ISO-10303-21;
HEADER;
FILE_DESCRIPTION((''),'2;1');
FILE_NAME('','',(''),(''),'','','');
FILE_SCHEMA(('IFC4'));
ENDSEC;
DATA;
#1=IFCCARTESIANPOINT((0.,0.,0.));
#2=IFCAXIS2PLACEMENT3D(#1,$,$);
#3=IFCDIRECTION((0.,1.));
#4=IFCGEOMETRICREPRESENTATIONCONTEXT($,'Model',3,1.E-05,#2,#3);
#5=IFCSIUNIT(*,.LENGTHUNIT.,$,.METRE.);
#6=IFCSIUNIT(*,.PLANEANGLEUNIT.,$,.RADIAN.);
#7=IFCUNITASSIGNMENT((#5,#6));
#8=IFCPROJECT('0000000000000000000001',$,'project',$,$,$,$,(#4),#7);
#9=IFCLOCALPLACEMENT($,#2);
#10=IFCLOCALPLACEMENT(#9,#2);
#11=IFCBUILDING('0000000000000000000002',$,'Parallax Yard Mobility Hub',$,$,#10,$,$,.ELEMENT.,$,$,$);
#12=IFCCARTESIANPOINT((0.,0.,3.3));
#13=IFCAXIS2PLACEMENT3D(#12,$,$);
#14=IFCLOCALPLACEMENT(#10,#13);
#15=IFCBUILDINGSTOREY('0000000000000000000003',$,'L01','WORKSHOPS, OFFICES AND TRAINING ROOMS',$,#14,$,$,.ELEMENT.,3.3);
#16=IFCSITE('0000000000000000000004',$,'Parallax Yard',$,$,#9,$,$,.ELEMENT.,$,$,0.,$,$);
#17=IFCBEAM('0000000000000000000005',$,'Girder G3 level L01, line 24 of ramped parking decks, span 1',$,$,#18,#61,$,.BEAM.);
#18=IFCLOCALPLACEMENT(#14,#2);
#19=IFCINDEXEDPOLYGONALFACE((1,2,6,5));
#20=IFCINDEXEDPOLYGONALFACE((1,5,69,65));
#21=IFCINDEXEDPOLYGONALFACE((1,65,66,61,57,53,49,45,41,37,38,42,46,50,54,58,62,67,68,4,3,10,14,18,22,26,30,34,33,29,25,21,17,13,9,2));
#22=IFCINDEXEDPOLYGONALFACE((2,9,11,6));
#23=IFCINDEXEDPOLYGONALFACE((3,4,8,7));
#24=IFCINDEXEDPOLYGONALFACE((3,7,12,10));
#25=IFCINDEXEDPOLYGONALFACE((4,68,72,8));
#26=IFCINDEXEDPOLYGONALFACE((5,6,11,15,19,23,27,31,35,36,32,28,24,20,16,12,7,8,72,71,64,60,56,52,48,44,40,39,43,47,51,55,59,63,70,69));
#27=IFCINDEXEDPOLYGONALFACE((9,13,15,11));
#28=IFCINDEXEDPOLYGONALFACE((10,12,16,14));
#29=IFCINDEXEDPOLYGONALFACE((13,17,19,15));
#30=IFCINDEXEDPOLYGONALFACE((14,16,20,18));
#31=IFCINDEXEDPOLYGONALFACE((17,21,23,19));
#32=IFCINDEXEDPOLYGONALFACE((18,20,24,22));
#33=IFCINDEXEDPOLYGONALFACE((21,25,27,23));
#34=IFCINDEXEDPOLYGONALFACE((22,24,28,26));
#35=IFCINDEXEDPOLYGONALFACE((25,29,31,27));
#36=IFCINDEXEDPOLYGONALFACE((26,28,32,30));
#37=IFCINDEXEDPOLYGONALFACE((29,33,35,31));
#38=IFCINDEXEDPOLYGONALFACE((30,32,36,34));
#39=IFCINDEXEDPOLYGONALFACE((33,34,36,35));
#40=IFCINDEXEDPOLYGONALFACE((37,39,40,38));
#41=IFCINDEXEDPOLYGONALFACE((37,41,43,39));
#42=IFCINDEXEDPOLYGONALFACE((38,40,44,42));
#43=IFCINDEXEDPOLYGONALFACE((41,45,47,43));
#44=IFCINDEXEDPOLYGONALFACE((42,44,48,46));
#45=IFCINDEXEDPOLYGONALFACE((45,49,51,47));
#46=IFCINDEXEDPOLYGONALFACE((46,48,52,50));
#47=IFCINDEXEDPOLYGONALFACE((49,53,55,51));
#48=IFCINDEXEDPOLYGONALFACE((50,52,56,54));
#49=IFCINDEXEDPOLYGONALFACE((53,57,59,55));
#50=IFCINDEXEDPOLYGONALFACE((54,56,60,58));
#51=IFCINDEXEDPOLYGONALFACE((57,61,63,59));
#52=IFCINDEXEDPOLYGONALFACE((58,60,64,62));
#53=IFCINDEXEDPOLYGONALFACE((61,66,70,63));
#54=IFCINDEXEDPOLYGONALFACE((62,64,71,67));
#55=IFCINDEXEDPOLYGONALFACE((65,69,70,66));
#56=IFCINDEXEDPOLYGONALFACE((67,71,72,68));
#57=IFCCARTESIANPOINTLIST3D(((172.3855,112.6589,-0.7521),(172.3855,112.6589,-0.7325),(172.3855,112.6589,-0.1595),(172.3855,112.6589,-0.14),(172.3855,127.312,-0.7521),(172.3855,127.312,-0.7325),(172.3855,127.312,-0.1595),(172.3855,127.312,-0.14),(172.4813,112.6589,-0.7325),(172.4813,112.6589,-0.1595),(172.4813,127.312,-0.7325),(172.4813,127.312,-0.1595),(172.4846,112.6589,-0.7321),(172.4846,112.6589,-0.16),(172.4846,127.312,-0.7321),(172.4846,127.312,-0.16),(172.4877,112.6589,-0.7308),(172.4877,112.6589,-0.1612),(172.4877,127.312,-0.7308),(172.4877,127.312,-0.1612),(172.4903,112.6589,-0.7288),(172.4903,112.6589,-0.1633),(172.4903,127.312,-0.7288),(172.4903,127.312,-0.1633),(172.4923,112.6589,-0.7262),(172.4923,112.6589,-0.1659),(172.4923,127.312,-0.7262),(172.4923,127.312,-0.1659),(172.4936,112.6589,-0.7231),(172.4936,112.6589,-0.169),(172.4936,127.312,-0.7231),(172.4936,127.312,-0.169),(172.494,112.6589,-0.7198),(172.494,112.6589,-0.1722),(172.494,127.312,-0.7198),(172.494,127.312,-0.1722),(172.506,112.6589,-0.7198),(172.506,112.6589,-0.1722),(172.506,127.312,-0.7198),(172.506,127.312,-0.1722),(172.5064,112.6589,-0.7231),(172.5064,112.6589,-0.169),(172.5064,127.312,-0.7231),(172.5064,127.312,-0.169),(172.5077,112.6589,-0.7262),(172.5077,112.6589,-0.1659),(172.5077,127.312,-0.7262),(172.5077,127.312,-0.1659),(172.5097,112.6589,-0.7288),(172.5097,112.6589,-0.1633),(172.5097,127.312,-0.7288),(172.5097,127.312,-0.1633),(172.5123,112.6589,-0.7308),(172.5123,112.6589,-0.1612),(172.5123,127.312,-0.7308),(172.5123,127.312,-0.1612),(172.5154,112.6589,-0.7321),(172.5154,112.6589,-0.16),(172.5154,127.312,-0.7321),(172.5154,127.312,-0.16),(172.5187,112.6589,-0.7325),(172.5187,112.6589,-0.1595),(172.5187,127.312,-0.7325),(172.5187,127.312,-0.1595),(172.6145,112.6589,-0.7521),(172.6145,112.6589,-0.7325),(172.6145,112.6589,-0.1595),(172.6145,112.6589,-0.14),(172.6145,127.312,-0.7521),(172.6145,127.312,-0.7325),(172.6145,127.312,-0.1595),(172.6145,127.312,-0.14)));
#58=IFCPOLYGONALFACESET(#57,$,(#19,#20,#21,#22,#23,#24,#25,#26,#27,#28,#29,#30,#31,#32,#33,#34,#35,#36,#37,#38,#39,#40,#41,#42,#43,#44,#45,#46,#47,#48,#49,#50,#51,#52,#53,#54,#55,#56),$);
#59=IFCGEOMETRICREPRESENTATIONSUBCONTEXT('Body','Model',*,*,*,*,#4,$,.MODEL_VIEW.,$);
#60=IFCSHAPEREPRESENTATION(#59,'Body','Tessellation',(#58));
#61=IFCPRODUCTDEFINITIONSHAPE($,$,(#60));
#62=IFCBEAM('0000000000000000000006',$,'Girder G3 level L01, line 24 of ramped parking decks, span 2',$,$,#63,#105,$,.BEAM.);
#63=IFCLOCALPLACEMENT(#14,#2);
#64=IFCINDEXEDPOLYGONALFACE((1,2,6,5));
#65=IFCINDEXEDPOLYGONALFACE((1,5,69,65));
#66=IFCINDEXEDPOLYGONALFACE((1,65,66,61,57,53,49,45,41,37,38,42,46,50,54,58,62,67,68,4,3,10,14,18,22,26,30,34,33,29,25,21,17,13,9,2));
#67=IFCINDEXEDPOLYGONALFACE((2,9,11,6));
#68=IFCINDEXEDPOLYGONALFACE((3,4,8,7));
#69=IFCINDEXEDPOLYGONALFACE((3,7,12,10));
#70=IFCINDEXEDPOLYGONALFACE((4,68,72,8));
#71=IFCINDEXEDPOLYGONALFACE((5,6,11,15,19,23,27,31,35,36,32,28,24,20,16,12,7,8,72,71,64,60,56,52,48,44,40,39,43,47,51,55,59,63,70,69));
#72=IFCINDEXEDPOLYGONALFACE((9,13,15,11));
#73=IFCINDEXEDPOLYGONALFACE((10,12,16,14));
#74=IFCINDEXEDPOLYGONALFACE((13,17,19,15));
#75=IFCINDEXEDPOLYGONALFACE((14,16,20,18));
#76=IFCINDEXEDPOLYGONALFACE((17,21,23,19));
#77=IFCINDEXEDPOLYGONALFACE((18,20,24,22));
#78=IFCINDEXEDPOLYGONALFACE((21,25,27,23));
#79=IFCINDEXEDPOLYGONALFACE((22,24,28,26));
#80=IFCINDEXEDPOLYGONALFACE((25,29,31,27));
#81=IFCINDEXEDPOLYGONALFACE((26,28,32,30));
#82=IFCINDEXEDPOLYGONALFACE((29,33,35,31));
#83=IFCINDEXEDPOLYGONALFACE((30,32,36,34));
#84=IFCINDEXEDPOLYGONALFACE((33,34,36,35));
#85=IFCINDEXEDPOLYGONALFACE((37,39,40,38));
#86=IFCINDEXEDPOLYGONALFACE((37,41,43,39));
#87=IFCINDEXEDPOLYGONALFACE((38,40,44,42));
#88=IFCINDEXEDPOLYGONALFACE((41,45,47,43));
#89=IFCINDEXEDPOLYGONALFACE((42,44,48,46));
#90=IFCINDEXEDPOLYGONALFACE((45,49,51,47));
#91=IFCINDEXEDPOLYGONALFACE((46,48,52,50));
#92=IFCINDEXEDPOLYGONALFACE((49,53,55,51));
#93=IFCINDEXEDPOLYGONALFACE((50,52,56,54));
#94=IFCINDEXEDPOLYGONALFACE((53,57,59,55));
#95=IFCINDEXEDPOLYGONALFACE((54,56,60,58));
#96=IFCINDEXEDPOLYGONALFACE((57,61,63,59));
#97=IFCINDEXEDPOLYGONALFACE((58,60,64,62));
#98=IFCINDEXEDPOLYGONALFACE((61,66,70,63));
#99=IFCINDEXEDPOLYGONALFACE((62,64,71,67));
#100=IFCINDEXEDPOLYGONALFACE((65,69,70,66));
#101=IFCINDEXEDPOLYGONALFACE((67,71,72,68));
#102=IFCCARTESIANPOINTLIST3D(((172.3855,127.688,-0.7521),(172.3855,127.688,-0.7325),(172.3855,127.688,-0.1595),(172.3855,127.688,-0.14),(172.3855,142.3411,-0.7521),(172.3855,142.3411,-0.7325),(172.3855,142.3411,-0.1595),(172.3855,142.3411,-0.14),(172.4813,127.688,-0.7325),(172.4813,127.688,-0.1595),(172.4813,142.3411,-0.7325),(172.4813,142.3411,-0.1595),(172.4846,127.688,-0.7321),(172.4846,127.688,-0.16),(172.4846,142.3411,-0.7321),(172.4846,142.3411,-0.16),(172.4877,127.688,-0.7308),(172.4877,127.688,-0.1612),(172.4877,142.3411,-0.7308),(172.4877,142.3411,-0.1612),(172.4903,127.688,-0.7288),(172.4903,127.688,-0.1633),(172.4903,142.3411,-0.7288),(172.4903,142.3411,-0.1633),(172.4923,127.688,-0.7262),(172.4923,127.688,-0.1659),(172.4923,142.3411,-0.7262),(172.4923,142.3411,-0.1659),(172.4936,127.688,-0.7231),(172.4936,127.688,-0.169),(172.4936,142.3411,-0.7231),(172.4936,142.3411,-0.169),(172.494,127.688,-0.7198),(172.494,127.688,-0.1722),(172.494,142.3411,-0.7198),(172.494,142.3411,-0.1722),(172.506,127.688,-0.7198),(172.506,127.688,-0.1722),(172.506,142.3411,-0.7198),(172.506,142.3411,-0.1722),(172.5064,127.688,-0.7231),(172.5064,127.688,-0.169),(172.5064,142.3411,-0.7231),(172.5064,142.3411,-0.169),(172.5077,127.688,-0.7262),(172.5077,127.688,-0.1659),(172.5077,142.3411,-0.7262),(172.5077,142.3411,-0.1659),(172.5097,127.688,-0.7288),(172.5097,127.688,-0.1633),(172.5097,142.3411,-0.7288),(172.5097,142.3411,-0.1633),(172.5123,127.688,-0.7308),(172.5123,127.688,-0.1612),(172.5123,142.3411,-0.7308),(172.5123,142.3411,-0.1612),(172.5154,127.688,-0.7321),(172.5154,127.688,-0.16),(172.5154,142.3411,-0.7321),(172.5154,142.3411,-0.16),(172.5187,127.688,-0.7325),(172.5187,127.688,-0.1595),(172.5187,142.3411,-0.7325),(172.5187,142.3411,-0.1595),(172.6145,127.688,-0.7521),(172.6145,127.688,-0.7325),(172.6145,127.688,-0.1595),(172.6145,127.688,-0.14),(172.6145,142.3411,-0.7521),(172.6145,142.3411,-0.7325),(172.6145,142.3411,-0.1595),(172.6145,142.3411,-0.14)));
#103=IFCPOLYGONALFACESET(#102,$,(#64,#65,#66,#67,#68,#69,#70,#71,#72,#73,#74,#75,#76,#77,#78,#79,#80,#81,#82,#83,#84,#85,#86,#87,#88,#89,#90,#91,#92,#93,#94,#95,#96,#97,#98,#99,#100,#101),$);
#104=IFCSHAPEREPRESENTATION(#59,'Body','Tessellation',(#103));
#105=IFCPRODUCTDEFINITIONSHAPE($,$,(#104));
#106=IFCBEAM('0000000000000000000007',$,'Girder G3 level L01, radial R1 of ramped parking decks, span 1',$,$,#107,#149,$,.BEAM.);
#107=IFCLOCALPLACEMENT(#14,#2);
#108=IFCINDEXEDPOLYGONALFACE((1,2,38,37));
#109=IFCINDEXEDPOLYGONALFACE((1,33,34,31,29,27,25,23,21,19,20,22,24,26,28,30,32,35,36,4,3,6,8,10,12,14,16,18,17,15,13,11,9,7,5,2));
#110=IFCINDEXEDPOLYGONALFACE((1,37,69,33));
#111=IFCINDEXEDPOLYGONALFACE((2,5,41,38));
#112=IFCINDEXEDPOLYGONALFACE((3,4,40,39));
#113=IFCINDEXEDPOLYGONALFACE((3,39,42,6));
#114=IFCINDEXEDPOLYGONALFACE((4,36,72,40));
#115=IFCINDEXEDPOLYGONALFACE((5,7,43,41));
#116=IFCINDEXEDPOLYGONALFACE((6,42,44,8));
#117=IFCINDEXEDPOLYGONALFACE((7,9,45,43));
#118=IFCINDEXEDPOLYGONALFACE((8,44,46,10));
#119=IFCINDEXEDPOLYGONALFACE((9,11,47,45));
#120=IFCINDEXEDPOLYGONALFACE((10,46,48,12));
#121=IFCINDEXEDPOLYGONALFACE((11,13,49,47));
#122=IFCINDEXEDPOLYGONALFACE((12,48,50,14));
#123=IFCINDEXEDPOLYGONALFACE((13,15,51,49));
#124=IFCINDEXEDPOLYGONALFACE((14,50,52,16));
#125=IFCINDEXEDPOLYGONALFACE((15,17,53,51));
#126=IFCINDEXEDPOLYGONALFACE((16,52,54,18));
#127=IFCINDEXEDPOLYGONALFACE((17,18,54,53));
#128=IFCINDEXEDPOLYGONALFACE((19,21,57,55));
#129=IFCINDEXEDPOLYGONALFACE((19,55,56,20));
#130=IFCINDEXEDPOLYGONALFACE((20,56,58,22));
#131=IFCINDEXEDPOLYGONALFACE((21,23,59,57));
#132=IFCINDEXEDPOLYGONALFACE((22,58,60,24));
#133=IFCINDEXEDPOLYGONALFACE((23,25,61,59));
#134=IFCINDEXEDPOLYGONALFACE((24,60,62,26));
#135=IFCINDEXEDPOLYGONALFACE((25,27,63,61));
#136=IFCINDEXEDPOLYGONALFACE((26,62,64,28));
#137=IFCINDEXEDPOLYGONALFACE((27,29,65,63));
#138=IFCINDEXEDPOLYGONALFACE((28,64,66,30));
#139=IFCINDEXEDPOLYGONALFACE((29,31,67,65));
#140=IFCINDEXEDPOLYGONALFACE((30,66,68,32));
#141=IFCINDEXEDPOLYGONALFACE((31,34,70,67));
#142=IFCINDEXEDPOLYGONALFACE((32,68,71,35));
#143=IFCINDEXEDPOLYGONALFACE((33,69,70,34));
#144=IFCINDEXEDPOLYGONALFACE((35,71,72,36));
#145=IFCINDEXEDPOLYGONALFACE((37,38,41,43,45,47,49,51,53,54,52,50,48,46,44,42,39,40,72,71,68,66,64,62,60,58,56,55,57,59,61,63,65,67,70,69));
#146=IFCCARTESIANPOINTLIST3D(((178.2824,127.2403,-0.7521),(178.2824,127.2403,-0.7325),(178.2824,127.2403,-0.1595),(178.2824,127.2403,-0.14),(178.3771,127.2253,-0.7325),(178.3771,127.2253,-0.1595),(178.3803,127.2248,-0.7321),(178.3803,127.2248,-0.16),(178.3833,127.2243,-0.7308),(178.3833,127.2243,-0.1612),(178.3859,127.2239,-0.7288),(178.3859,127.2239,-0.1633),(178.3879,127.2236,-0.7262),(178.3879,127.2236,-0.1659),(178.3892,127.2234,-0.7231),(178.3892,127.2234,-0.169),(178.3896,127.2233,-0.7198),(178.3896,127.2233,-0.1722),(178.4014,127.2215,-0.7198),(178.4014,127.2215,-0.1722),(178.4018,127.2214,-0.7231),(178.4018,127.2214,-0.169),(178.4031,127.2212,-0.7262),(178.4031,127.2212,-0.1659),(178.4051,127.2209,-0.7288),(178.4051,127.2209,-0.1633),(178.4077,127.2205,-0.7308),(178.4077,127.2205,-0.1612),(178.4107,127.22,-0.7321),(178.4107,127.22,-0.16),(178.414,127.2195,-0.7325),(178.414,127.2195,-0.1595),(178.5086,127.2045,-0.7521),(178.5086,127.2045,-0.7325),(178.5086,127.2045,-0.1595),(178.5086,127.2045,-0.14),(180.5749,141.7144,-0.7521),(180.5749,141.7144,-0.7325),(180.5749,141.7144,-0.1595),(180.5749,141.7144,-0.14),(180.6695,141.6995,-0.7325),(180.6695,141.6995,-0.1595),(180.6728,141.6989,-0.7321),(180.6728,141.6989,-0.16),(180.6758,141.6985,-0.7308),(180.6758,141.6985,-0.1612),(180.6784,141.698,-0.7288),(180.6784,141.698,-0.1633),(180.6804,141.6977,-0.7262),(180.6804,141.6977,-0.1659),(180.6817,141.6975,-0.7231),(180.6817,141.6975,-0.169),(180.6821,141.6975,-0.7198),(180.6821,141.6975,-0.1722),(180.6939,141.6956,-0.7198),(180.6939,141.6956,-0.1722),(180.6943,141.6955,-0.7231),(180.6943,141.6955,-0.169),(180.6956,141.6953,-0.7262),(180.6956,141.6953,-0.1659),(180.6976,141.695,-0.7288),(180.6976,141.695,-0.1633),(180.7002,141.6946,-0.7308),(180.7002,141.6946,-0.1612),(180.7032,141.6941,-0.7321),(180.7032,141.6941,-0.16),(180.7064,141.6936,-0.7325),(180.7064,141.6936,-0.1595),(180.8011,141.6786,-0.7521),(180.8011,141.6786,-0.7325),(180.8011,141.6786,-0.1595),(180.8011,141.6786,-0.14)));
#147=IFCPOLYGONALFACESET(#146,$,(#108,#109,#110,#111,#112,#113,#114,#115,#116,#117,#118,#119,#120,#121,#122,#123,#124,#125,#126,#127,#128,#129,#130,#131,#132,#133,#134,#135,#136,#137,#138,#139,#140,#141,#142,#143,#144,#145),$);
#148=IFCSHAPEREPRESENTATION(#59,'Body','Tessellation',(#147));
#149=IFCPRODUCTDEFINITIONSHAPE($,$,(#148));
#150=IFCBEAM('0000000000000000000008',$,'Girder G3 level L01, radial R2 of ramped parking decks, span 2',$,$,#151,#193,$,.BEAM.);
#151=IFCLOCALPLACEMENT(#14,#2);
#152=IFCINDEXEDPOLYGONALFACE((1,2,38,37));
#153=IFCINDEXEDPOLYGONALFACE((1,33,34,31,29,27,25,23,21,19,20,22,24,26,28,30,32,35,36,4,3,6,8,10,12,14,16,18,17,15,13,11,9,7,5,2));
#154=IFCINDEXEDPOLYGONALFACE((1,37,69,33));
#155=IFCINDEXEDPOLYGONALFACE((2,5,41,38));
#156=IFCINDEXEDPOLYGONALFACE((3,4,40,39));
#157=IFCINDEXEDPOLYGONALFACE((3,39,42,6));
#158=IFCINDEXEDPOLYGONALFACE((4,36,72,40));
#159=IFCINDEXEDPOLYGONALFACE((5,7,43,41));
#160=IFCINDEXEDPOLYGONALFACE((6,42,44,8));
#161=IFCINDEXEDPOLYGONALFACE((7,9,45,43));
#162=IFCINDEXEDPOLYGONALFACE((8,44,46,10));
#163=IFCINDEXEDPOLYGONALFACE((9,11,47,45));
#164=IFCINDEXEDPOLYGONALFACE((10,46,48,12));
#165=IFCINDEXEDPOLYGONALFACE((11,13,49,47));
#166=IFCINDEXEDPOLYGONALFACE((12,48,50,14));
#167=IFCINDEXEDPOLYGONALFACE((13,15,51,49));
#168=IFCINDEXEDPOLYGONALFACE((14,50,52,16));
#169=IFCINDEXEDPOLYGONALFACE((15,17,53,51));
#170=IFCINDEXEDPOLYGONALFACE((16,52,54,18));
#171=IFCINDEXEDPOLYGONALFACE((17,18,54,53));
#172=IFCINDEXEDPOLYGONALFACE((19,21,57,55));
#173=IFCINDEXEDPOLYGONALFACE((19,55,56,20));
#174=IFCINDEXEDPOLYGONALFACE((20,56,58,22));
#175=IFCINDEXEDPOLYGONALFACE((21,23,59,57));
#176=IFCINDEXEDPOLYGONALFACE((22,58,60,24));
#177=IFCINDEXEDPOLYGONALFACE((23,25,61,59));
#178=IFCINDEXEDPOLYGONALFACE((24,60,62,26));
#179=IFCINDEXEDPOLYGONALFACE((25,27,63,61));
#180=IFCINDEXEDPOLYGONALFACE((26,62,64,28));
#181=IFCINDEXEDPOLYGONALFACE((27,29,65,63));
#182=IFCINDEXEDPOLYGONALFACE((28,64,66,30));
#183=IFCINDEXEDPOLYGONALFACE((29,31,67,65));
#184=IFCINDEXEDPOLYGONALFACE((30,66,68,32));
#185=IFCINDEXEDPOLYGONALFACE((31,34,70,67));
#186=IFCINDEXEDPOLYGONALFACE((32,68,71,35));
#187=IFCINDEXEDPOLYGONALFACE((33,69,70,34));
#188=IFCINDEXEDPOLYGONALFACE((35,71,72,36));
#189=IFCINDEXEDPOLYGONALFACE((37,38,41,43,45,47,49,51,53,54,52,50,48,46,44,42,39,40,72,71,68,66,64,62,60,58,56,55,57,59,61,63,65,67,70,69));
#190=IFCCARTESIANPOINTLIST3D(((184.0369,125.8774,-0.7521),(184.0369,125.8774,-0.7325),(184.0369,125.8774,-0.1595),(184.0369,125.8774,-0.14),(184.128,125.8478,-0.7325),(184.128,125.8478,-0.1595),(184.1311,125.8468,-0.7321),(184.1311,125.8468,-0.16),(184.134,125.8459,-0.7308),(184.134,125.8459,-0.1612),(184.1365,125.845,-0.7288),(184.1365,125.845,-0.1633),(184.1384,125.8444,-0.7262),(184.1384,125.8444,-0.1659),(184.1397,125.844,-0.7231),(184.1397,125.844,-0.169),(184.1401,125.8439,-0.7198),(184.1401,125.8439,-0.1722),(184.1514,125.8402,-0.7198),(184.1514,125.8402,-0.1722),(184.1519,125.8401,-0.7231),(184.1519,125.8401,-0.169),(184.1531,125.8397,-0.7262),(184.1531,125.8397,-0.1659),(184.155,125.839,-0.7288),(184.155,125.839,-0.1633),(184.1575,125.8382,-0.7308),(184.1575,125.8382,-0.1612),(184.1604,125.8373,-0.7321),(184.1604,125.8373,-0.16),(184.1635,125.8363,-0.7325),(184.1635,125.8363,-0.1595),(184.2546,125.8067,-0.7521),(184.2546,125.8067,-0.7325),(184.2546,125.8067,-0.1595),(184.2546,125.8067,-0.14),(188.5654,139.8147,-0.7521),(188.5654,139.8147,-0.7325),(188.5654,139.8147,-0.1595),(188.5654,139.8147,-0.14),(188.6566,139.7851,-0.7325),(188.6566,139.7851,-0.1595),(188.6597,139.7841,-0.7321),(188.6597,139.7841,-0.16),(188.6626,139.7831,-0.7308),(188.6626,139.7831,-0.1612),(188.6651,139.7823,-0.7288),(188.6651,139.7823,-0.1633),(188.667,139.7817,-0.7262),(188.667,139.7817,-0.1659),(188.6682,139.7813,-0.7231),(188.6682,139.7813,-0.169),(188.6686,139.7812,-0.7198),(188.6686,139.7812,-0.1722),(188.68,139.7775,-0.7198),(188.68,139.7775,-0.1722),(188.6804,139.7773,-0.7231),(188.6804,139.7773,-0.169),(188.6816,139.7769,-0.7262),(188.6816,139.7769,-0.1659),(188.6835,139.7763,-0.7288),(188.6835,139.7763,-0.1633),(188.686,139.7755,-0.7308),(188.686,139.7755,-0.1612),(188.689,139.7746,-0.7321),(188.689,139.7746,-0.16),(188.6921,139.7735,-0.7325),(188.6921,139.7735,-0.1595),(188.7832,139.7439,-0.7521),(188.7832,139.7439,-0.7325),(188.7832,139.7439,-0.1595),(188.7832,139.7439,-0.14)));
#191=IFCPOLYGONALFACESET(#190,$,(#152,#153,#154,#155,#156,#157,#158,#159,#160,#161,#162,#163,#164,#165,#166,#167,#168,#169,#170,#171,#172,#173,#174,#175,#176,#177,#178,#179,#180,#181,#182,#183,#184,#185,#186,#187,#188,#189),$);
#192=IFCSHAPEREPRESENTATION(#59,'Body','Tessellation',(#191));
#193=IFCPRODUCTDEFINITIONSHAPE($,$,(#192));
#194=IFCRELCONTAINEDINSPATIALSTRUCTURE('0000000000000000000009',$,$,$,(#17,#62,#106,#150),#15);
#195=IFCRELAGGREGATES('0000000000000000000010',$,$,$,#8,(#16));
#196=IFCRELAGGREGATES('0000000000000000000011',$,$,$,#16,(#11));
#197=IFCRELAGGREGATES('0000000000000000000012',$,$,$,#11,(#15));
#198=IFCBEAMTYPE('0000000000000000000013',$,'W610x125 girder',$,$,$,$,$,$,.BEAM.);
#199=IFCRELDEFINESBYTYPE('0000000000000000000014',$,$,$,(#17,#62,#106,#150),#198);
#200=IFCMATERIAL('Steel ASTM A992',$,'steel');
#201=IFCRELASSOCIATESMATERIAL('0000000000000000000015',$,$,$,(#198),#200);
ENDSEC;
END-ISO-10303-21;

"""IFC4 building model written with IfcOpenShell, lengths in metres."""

from ifc_helpers import new_model, si_unit, direction, frame, origin, origin_2d, place, context, subcontext, project, spatial, i_section, extrude, material, material_profile, profile_set, type_object, element, save


model = new_model("IFC4")

# Units and contexts
model_context = context("Model", 3, precision=1e-05, world=origin(), true_north=direction((0.0, 1.0)))
body_context = subcontext(model_context, "Body", "Model", "MODEL_VIEW")
ifc_project = project(units=[si_unit("LENGTHUNIT", "METRE"), si_unit("PLANEANGLEUNIT", "RADIAN")], contexts=[model_context])

# Site, building, storey
site_placement = place(None, origin())
site = spatial("IfcSite", under=ifc_project, at=site_placement, Name="Parallax Yard", CompositionType="ELEMENT", RefElevation=0.0)
building_placement = place(site_placement, origin())
building = spatial("IfcBuilding", under=site, at=building_placement, Name="Parallax Yard Mobility Hub", CompositionType="ELEMENT")
storey_placement = place(building_placement, frame((0.0, 0.0, 3.3)))
storey = spatial("IfcBuildingStorey", under=building, at=storey_placement, Name="L01", Description="WORKSHOPS, OFFICES AND TRAINING ROOMS", CompositionType="ELEMENT", Elevation=3.3)

# Shared definitions
ifc_material_1 = material(Name="Steel ASTM A992", Category="steel")

# Beams
ifc_material_profile_1 = material_profile(ifc_material_1, i_section(OverallWidth=0.229, OverallDepth=0.6121, WebThickness=0.012, FlangeThickness=0.0195, FilletRadius=0.0127, at=origin_2d()), Name="W610x125")
ifc_profile_set_1 = profile_set([ifc_material_profile_1], Name="Steel ASTM A992")
beam_type_1 = type_object("IfcBeamType", Name="W610x125 girder", PredefinedType="BEAM", material=ifc_profile_set_1)
for number, where, z_axis, x_axis, name in (
    (1, (172.5, 112.6589, -0.446), (0.0, 1.0, 0.0), (-1.0, 0.0, 0.0), "Girder G3 level L01, line 24 of ramped parking decks, span 1"),
    (2, (172.5, 127.688, -0.446), (0.0, 1.0, 0.0), (-1.0, 0.0, 0.0), "Girder G3 level L01, line 24 of ramped parking decks, span 2"),
):
    element("IfcBeam", number, at=place(storey_placement, frame(where, z_axis=z_axis, x_axis=x_axis)), inside=storey, type_object=beam_type_1, Name=name, PredefinedType="BEAM", context=body_context, shape_type="SweptSolid", body=[
        extrude(i_section(OverallWidth=0.229, OverallDepth=0.6121, WebThickness=0.012, FlangeThickness=0.0195, FilletRadius=0.0127, at=origin_2d()), origin(), (0.0, 0.0, 1.0), 14.6531),
    ])
for number, where, z_axis, x_axis, name in (
    (3, (178.3955, 127.2224, -0.446), (0.156435, 0.987688, 0.0), (-0.987688, 0.156435, 0.0), "Girder G3 level L01, radial R1 of ramped parking decks, span 1"),
    (4, (184.1458, 125.842, -0.446), (0.309022, 0.951055, 0.0), (-0.951055, 0.309022, 0.0), "Girder G3 level L01, radial R2 of ramped parking decks, span 2"),
):
    element("IfcBeam", number, at=place(storey_placement, frame(where, z_axis=z_axis, x_axis=x_axis)), inside=storey, type_object=beam_type_1, Name=name, PredefinedType="BEAM", context=body_context, shape_type="SweptSolid", body=[
        extrude(i_section(OverallWidth=0.229, OverallDepth=0.6121, WebThickness=0.012, FlangeThickness=0.0195, FilletRadius=0.0127, at=origin_2d()), origin(), (0.0, 0.0, 1.0), 14.6545),
    ])

save(model, "model.ifc")
